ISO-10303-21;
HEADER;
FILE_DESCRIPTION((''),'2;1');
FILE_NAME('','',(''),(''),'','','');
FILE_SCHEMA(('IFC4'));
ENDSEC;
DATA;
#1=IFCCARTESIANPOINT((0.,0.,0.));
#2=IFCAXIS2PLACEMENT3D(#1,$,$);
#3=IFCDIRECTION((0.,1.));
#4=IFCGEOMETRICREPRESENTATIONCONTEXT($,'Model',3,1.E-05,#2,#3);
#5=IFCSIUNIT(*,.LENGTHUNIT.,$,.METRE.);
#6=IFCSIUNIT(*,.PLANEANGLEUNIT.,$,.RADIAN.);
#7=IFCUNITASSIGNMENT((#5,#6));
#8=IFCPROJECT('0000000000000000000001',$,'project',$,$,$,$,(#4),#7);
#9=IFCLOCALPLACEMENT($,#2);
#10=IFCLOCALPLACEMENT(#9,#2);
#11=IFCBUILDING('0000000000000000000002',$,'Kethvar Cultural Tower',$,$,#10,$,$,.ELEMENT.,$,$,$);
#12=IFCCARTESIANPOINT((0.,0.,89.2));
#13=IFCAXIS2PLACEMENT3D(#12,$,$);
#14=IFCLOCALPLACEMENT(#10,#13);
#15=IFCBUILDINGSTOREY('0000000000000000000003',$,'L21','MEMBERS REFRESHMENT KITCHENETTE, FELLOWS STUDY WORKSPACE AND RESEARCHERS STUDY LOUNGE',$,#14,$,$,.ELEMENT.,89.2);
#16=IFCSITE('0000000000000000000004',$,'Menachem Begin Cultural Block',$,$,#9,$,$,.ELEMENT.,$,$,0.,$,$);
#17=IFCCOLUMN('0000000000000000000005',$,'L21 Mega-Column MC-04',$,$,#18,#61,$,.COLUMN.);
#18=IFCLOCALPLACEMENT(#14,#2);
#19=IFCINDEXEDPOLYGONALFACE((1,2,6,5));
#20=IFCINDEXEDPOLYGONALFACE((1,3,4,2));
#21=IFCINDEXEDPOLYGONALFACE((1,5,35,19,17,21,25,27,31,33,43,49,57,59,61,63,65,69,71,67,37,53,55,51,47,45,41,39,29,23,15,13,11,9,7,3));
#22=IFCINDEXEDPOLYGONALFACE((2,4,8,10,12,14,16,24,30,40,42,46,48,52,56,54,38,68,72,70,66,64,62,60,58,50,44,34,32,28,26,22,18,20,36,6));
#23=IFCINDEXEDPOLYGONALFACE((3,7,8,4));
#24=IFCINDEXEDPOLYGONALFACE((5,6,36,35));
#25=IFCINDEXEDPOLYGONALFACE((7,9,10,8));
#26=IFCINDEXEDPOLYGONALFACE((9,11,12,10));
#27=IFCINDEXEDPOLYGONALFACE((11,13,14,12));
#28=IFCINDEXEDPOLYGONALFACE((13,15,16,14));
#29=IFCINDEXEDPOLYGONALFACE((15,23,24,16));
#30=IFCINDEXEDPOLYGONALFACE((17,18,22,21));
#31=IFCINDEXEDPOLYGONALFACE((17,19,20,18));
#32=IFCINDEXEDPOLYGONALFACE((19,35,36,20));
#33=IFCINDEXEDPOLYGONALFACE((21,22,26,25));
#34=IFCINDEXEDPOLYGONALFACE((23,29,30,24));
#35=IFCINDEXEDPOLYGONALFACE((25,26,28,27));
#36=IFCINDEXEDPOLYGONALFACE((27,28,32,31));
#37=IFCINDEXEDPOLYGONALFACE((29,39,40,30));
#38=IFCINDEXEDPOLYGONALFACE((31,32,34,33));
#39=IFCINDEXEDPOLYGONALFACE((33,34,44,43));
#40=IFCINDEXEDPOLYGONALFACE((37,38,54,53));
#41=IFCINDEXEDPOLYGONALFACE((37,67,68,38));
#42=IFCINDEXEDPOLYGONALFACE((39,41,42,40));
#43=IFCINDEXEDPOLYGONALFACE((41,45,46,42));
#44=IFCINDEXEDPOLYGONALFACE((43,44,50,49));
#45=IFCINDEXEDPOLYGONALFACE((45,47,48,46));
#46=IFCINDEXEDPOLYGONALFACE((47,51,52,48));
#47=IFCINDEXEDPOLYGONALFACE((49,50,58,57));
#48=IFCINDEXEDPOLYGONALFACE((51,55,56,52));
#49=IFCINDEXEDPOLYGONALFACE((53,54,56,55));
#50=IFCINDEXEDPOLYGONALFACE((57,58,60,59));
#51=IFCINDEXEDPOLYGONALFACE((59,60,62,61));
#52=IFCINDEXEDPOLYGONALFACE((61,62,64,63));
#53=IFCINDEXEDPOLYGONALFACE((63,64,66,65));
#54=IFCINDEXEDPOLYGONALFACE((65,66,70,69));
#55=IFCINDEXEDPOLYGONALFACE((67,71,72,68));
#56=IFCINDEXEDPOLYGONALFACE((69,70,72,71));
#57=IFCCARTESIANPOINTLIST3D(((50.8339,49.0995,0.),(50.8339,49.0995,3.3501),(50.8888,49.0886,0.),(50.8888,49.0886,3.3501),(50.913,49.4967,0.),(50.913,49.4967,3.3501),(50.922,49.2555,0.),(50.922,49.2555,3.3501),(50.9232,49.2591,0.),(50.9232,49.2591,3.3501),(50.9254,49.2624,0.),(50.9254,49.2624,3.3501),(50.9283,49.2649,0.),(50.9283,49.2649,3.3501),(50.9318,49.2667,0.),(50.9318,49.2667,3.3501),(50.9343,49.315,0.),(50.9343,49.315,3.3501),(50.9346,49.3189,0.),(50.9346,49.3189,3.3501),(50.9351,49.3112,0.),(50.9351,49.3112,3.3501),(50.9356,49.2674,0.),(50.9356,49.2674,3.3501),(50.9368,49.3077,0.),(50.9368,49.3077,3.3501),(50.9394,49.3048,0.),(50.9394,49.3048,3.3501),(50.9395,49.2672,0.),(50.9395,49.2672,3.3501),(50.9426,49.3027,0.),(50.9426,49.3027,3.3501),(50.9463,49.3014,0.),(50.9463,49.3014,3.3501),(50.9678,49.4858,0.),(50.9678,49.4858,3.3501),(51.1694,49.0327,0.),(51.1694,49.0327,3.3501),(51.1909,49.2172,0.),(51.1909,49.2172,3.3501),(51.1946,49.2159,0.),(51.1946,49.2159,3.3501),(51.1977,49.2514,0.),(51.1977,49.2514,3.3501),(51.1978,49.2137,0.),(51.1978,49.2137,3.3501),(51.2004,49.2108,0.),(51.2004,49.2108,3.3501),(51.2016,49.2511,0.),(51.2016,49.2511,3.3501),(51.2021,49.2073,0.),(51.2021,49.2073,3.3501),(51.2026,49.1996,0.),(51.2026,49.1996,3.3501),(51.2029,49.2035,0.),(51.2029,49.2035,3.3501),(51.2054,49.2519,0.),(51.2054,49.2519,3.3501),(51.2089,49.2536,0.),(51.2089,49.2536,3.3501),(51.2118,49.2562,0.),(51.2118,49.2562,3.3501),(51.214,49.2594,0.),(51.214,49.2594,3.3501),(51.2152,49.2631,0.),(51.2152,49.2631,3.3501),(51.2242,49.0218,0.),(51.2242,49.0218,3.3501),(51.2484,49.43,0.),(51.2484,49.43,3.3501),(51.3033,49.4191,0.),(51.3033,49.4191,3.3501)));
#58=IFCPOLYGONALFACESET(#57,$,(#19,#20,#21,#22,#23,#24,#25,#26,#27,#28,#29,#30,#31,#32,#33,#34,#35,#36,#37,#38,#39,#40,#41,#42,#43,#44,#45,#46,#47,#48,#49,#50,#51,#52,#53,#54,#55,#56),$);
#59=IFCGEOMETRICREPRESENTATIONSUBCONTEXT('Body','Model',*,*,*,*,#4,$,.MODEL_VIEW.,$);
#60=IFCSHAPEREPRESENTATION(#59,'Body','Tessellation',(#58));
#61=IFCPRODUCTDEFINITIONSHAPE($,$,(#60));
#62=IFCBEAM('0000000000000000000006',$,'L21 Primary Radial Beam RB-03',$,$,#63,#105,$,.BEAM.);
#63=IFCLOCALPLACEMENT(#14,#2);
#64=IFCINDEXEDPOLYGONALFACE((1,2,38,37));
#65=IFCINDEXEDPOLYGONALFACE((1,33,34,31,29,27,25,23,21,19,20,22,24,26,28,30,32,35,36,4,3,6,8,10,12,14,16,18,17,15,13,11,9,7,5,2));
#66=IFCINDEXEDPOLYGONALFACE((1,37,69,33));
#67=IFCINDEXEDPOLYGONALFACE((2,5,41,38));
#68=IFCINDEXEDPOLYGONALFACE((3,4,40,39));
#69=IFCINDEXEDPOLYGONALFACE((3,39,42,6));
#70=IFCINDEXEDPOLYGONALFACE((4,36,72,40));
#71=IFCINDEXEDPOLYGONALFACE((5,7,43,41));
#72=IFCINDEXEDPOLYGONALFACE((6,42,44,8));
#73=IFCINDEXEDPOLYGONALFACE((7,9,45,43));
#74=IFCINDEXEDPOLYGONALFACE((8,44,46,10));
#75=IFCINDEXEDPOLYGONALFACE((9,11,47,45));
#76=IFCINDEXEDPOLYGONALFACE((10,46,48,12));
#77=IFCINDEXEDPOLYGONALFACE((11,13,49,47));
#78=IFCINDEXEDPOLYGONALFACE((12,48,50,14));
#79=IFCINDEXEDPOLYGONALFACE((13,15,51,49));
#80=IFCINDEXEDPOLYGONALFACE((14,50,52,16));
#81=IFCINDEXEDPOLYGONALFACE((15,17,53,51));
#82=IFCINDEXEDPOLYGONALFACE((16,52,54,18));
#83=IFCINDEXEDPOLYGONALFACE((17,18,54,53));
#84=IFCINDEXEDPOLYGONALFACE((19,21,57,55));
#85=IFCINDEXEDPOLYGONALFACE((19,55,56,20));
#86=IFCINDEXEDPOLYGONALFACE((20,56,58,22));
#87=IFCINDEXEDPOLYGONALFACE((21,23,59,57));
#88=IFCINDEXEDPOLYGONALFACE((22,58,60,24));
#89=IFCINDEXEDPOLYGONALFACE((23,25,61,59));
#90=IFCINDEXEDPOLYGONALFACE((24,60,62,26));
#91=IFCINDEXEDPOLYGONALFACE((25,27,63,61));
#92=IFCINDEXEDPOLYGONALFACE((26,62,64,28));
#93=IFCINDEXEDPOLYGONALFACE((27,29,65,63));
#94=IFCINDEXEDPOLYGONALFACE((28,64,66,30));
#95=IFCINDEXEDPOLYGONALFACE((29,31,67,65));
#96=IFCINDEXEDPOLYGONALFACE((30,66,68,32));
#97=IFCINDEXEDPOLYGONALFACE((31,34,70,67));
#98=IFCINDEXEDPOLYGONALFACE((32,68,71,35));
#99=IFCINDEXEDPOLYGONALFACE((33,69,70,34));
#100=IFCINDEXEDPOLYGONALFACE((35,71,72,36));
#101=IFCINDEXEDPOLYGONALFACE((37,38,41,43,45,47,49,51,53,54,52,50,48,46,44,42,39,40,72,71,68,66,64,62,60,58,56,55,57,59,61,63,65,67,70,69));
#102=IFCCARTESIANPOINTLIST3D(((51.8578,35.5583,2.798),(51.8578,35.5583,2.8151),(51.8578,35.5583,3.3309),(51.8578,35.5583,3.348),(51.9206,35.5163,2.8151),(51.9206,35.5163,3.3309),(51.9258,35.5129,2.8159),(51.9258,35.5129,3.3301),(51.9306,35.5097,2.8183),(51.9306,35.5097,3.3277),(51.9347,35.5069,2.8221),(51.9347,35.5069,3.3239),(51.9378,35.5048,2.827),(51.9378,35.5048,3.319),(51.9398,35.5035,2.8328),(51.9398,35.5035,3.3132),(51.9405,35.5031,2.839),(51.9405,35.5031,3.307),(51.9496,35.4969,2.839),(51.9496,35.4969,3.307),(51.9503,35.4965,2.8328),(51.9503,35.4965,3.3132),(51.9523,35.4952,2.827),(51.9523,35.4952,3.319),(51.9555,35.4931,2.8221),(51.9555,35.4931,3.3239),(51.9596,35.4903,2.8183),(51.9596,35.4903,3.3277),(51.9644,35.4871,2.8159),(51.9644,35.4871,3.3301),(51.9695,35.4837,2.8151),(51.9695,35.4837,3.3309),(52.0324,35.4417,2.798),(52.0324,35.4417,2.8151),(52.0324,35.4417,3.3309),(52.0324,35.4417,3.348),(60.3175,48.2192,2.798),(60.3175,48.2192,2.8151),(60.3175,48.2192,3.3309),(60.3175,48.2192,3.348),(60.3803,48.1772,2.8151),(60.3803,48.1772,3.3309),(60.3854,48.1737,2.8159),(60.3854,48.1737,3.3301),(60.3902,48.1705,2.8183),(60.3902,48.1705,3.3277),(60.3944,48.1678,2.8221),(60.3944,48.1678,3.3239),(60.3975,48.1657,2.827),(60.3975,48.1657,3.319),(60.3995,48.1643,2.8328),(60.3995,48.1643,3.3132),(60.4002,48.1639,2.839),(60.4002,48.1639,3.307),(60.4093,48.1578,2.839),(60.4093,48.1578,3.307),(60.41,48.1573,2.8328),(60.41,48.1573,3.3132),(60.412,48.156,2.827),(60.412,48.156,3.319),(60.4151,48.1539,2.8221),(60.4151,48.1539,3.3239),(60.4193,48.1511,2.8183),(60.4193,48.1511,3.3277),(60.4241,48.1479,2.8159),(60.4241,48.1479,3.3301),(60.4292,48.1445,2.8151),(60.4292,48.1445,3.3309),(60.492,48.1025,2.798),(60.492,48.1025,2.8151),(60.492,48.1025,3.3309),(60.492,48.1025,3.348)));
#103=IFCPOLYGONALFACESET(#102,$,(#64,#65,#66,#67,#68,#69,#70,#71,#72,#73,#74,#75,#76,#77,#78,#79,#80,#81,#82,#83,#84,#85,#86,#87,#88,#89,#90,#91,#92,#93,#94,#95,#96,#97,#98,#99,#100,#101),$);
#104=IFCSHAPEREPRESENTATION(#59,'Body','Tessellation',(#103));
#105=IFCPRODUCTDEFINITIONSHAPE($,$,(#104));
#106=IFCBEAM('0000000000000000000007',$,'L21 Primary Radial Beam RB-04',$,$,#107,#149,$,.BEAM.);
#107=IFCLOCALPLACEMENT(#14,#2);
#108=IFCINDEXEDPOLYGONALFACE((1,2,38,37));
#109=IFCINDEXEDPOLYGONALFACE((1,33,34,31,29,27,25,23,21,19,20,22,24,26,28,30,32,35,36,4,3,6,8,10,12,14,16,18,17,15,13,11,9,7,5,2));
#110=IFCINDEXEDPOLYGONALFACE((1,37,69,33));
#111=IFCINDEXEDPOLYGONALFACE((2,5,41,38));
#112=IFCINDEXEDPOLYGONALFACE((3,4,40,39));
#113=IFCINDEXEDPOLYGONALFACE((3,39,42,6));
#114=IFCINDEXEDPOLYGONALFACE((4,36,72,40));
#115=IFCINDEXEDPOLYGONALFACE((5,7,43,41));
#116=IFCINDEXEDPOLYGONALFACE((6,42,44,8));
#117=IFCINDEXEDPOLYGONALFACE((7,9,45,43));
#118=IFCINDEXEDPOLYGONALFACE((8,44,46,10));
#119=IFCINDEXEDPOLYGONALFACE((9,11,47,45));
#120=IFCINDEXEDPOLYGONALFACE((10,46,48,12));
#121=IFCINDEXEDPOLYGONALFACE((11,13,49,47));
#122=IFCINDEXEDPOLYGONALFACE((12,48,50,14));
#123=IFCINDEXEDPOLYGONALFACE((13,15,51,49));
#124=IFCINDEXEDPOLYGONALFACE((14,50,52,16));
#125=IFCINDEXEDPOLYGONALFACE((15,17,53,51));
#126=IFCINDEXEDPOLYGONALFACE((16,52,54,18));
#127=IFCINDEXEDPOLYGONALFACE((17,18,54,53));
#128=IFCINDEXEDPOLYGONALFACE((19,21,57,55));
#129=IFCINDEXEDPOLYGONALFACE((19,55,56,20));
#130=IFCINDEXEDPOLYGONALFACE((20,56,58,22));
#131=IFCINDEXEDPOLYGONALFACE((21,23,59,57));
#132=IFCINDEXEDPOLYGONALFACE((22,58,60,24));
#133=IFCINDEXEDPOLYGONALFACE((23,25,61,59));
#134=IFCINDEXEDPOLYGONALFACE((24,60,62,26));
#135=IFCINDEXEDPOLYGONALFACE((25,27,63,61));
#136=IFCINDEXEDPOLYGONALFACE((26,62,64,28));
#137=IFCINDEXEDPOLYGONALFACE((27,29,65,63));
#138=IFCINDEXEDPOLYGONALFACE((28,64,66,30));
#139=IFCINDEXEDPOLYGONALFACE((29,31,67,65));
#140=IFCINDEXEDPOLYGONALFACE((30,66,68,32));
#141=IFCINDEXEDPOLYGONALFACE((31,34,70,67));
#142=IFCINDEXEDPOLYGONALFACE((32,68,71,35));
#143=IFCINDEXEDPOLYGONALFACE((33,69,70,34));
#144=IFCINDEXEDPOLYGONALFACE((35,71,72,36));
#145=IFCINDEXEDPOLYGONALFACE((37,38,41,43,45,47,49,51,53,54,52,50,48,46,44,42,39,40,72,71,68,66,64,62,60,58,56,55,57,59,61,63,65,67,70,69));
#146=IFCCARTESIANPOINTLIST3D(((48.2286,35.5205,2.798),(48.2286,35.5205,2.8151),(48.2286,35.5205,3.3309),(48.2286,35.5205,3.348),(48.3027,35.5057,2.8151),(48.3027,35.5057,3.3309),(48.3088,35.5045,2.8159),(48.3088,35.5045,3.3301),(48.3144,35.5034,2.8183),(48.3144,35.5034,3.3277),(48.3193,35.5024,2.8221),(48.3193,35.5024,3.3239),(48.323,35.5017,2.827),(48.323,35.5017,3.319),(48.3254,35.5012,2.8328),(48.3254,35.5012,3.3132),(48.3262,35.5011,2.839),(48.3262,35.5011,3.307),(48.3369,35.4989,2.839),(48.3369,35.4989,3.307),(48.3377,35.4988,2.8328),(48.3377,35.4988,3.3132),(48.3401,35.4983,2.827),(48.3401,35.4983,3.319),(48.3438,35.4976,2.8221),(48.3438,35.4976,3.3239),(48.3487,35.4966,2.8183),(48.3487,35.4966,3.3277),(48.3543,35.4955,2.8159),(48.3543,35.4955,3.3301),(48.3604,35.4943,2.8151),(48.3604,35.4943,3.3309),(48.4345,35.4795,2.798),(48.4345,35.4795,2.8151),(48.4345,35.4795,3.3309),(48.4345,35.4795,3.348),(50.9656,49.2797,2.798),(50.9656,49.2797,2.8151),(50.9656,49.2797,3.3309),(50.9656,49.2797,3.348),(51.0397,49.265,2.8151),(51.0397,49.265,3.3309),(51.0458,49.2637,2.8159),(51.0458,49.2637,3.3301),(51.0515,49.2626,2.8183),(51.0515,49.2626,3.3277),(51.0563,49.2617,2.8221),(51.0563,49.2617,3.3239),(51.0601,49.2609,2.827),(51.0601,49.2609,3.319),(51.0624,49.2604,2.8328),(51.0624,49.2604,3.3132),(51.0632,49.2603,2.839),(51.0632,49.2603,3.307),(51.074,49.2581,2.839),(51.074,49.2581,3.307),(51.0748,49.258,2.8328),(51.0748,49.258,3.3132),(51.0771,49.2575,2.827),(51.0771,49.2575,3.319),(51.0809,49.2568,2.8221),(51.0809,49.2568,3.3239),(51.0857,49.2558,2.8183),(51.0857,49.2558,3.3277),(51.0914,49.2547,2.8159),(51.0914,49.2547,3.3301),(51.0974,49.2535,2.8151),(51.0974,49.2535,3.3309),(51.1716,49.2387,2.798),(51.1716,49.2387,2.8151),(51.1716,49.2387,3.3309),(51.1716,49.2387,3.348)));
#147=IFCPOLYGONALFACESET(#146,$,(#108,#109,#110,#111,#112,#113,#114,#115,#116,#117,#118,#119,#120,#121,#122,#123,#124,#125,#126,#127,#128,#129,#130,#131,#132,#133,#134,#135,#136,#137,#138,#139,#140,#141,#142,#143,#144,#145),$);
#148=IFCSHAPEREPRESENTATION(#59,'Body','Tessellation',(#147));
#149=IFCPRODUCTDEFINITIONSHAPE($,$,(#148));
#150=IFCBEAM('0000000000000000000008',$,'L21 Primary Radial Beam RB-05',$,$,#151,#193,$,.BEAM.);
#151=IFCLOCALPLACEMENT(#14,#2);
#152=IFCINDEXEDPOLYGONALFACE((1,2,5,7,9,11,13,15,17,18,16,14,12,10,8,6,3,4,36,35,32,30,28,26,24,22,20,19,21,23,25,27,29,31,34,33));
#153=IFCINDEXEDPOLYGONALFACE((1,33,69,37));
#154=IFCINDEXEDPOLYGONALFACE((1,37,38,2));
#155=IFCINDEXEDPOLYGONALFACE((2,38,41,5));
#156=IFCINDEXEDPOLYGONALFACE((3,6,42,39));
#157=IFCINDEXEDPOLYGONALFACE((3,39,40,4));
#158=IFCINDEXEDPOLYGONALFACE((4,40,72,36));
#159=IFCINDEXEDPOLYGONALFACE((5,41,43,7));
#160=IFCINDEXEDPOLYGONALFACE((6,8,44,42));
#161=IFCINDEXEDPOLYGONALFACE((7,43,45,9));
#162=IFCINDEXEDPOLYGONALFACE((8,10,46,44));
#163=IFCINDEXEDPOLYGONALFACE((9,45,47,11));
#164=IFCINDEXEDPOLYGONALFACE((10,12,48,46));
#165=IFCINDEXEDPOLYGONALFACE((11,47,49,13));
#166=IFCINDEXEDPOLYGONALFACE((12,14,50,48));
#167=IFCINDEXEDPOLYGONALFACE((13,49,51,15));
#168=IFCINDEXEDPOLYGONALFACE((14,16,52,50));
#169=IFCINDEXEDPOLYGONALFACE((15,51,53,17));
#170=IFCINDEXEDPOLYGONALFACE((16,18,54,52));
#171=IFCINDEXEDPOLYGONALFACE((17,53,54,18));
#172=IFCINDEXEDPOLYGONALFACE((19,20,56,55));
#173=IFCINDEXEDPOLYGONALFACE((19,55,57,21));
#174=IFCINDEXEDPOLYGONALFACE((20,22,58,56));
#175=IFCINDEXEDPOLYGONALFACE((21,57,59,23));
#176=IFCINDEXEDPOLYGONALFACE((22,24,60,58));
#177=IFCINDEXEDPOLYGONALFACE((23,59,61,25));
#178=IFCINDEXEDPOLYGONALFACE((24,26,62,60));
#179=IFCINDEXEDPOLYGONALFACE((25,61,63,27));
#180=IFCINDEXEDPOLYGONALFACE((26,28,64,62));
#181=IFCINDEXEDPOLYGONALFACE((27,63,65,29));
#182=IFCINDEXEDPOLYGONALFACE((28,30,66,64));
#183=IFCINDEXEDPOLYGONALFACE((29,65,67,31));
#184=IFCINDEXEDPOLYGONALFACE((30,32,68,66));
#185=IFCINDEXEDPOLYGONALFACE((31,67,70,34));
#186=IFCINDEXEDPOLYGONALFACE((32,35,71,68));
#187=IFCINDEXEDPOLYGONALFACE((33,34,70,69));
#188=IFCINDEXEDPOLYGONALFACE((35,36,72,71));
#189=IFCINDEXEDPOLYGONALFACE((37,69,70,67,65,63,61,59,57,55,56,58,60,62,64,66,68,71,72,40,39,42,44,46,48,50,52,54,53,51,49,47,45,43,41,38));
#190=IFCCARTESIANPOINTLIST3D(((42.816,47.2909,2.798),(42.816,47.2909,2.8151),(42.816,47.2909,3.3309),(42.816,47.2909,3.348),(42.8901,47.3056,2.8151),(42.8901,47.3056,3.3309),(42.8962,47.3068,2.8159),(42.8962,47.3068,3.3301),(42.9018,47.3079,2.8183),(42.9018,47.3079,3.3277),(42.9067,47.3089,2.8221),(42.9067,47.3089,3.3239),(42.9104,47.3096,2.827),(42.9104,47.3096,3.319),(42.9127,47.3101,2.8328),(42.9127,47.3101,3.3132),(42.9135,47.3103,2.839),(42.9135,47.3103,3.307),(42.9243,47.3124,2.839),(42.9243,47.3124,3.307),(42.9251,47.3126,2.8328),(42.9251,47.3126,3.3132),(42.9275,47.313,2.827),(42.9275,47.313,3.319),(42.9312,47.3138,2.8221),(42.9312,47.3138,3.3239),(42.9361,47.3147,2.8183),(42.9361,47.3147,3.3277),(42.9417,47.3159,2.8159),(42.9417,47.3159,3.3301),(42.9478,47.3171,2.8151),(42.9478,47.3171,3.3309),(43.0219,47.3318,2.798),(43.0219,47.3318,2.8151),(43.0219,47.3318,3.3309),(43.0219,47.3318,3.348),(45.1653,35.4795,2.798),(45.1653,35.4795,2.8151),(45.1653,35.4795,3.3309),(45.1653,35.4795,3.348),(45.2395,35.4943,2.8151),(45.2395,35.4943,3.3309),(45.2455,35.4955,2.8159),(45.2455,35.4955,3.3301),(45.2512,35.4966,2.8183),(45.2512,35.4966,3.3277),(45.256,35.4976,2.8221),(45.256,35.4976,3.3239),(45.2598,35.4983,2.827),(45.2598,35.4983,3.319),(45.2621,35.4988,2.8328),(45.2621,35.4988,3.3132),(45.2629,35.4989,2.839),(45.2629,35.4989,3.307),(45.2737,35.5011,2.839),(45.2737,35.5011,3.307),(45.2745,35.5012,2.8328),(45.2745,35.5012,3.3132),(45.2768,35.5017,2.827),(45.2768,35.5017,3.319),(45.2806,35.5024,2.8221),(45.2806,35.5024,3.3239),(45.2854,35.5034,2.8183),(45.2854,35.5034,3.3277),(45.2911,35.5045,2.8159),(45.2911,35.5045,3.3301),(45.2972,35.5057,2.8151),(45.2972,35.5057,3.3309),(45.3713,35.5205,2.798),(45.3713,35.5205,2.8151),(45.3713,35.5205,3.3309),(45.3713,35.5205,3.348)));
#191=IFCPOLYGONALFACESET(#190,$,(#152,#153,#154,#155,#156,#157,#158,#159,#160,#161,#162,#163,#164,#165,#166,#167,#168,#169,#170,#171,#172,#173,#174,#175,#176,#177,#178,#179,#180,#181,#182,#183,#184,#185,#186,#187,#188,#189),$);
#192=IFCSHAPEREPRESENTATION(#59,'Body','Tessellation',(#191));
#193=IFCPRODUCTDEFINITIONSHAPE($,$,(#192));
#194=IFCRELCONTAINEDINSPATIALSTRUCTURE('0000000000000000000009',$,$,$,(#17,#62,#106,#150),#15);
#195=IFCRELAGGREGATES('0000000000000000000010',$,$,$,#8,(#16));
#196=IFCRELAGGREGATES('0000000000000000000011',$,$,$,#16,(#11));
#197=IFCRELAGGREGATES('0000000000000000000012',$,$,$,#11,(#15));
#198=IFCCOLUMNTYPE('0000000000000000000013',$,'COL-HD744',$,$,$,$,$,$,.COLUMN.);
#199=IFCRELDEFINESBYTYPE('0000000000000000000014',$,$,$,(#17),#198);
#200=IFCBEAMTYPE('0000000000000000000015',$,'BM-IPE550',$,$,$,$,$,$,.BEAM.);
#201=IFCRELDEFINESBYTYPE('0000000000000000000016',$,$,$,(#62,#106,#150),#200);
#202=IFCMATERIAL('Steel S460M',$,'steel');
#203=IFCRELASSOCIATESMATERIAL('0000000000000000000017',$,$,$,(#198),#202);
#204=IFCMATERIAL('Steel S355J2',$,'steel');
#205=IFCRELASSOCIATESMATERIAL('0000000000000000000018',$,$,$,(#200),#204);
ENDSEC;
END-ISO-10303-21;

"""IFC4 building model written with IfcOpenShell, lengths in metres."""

from ifc_helpers import new_model, si_unit, direction, frame, origin, origin_2d, place, context, subcontext, project, spatial, i_section, extrude, source, transform, mapped, material, material_profile, profile_set, type_object, element, save


model = new_model("IFC4")

# Units and contexts
model_context = context("Model", 3, precision=1e-05, world=origin(), true_north=direction((0.0, 1.0)))
body_context = subcontext(model_context, "Body", "Model", "MODEL_VIEW")
ifc_project = project(units=[si_unit("LENGTHUNIT", "METRE"), si_unit("PLANEANGLEUNIT", "RADIAN")], contexts=[model_context])

# Site, building, storey
site_placement = place(None, origin())
site = spatial("IfcSite", under=ifc_project, at=site_placement, Name="Menachem Begin Cultural Block", CompositionType="ELEMENT", RefElevation=0.0)
building_placement = place(site_placement, origin())
building = spatial("IfcBuilding", under=site, at=building_placement, Name="Kethvar Cultural Tower", CompositionType="ELEMENT")
storey_placement = place(building_placement, frame((0.0, 0.0, 89.2)))
storey = spatial("IfcBuildingStorey", under=building, at=storey_placement, Name="L21", Description="MEMBERS REFRESHMENT KITCHENETTE, FELLOWS STUDY WORKSPACE AND RESEARCHERS STUDY LOUNGE", CompositionType="ELEMENT", Elevation=89.2)

# Column
ifc_material_1 = material(Name="Steel S460M", Category="steel")
ifc_material_profile_1 = material_profile(ifc_material_1, i_section(OverallWidth=0.405, OverallDepth=0.3979, WebThickness=0.0349, FlangeThickness=0.0559, FilletRadius=0.0149, at=origin_2d()), Name="Steel S460M — HD400x744")
ifc_profile_set_1 = profile_set([ifc_material_profile_1], Name="Steel S460M — HD400x744")
column_type = type_object("IfcColumnType", Name="COL-HD744", PredefinedType="COLUMN", material=ifc_profile_set_1)
shared_shape_1 = source(origin(), body_context, "Body", "SweptSolid", [
    extrude(i_section(OverallWidth=0.405, OverallDepth=0.3979, WebThickness=0.0349, FlangeThickness=0.0559, FilletRadius=0.0149, at=origin_2d()), origin(), (0.0, 0.0, 1.0), 3.3501),
])
column_placement = place(storey_placement, frame((51.0686, 49.2593, 0.0), z_axis=(0.0, 0.0, 1.0), x_axis=(0.19509, 0.980785, 0.0)))
element("IfcColumn", 1, at=column_placement, inside=storey, type_object=column_type, Name="L21 Mega-Column MC-04", PredefinedType="COLUMN", context=body_context, shape_type="MappedRepresentation", body=[
    mapped(shared_shape_1, transform((0.0, 0.0, 0.0), scale=1.0)),
])

# Beams
ifc_material_2 = material(Name="Steel S355J2", Category="steel")
ifc_material_profile_2 = material_profile(ifc_material_2, i_section(OverallWidth=0.21, OverallDepth=0.55, WebThickness=0.011, FlangeThickness=0.0171, FilletRadius=0.0239, at=origin_2d()), Name="Steel S355J2 — IPE550")
ifc_profile_set_2 = profile_set([ifc_material_profile_2], Name="Steel S355J2 — IPE550")
beam_type_1 = type_object("IfcBeamType", Name="BM-IPE550", PredefinedType="BEAM", material=ifc_profile_set_2)
shared_shape_2 = source(origin(), body_context, "Body", "SweptSolid", [
    extrude(i_section(OverallWidth=0.21, OverallDepth=0.55, WebThickness=0.011, FlangeThickness=0.0171, FilletRadius=0.0239, at=origin_2d()), origin(), (0.0, 0.0, 1.0), 15.2271),
])
beam_1_placement = place(storey_placement, frame((51.9451, 35.5, 3.073), z_axis=(0.555569, 0.83147, 0.0), x_axis=(-0.83147, 0.555569, 0.0)))
element("IfcBeam", 2, at=beam_1_placement, inside=storey, type_object=beam_type_1, Name="L21 Primary Radial Beam RB-03", PredefinedType="BEAM", context=body_context, shape_type="MappedRepresentation", body=[
    mapped(shared_shape_2, transform((0.0, 0.0, 0.0), scale=1.0)),
])
shared_shape_3 = source(origin(), body_context, "Body", "SweptSolid", [
    extrude(i_section(OverallWidth=0.21, OverallDepth=0.55, WebThickness=0.011, FlangeThickness=0.0171, FilletRadius=0.0239, at=origin_2d()), origin(), (0.0, 0.0, 1.0), 14.0288),
])
beam_2_placement = place(storey_placement, frame((48.3315, 35.5, 3.073), z_axis=(0.195102, 0.980783, 0.0), x_axis=(-0.980783, 0.195102, 0.0)))
element("IfcBeam", 3, at=beam_2_placement, inside=storey, type_object=beam_type_1, Name="L21 Primary Radial Beam RB-04", PredefinedType="BEAM", context=body_context, shape_type="MappedRepresentation", body=[
    mapped(shared_shape_3, transform((0.0, 0.0, 0.0), scale=1.0)),
])
shared_shape_4 = source(origin(), body_context, "Body", "SweptSolid", [
    extrude(i_section(OverallWidth=0.21, OverallDepth=0.55, WebThickness=0.011, FlangeThickness=0.0171, FilletRadius=0.0239, at=origin_2d()), origin(), (0.0, 0.0, 1.0), 12.0427),
])
beam_3_placement = place(storey_placement, frame((45.2683, 35.5, 3.073), z_axis=(-0.195087, 0.980786, 0.0), x_axis=(-0.980786, -0.195087, 0.0)))
element("IfcBeam", 4, at=beam_3_placement, inside=storey, type_object=beam_type_1, Name="L21 Primary Radial Beam RB-05", PredefinedType="BEAM", context=body_context, shape_type="MappedRepresentation", body=[
    mapped(shared_shape_4, transform((0.0, 0.0, 0.0), scale=1.0)),
])

save(model, "model.ifc")
